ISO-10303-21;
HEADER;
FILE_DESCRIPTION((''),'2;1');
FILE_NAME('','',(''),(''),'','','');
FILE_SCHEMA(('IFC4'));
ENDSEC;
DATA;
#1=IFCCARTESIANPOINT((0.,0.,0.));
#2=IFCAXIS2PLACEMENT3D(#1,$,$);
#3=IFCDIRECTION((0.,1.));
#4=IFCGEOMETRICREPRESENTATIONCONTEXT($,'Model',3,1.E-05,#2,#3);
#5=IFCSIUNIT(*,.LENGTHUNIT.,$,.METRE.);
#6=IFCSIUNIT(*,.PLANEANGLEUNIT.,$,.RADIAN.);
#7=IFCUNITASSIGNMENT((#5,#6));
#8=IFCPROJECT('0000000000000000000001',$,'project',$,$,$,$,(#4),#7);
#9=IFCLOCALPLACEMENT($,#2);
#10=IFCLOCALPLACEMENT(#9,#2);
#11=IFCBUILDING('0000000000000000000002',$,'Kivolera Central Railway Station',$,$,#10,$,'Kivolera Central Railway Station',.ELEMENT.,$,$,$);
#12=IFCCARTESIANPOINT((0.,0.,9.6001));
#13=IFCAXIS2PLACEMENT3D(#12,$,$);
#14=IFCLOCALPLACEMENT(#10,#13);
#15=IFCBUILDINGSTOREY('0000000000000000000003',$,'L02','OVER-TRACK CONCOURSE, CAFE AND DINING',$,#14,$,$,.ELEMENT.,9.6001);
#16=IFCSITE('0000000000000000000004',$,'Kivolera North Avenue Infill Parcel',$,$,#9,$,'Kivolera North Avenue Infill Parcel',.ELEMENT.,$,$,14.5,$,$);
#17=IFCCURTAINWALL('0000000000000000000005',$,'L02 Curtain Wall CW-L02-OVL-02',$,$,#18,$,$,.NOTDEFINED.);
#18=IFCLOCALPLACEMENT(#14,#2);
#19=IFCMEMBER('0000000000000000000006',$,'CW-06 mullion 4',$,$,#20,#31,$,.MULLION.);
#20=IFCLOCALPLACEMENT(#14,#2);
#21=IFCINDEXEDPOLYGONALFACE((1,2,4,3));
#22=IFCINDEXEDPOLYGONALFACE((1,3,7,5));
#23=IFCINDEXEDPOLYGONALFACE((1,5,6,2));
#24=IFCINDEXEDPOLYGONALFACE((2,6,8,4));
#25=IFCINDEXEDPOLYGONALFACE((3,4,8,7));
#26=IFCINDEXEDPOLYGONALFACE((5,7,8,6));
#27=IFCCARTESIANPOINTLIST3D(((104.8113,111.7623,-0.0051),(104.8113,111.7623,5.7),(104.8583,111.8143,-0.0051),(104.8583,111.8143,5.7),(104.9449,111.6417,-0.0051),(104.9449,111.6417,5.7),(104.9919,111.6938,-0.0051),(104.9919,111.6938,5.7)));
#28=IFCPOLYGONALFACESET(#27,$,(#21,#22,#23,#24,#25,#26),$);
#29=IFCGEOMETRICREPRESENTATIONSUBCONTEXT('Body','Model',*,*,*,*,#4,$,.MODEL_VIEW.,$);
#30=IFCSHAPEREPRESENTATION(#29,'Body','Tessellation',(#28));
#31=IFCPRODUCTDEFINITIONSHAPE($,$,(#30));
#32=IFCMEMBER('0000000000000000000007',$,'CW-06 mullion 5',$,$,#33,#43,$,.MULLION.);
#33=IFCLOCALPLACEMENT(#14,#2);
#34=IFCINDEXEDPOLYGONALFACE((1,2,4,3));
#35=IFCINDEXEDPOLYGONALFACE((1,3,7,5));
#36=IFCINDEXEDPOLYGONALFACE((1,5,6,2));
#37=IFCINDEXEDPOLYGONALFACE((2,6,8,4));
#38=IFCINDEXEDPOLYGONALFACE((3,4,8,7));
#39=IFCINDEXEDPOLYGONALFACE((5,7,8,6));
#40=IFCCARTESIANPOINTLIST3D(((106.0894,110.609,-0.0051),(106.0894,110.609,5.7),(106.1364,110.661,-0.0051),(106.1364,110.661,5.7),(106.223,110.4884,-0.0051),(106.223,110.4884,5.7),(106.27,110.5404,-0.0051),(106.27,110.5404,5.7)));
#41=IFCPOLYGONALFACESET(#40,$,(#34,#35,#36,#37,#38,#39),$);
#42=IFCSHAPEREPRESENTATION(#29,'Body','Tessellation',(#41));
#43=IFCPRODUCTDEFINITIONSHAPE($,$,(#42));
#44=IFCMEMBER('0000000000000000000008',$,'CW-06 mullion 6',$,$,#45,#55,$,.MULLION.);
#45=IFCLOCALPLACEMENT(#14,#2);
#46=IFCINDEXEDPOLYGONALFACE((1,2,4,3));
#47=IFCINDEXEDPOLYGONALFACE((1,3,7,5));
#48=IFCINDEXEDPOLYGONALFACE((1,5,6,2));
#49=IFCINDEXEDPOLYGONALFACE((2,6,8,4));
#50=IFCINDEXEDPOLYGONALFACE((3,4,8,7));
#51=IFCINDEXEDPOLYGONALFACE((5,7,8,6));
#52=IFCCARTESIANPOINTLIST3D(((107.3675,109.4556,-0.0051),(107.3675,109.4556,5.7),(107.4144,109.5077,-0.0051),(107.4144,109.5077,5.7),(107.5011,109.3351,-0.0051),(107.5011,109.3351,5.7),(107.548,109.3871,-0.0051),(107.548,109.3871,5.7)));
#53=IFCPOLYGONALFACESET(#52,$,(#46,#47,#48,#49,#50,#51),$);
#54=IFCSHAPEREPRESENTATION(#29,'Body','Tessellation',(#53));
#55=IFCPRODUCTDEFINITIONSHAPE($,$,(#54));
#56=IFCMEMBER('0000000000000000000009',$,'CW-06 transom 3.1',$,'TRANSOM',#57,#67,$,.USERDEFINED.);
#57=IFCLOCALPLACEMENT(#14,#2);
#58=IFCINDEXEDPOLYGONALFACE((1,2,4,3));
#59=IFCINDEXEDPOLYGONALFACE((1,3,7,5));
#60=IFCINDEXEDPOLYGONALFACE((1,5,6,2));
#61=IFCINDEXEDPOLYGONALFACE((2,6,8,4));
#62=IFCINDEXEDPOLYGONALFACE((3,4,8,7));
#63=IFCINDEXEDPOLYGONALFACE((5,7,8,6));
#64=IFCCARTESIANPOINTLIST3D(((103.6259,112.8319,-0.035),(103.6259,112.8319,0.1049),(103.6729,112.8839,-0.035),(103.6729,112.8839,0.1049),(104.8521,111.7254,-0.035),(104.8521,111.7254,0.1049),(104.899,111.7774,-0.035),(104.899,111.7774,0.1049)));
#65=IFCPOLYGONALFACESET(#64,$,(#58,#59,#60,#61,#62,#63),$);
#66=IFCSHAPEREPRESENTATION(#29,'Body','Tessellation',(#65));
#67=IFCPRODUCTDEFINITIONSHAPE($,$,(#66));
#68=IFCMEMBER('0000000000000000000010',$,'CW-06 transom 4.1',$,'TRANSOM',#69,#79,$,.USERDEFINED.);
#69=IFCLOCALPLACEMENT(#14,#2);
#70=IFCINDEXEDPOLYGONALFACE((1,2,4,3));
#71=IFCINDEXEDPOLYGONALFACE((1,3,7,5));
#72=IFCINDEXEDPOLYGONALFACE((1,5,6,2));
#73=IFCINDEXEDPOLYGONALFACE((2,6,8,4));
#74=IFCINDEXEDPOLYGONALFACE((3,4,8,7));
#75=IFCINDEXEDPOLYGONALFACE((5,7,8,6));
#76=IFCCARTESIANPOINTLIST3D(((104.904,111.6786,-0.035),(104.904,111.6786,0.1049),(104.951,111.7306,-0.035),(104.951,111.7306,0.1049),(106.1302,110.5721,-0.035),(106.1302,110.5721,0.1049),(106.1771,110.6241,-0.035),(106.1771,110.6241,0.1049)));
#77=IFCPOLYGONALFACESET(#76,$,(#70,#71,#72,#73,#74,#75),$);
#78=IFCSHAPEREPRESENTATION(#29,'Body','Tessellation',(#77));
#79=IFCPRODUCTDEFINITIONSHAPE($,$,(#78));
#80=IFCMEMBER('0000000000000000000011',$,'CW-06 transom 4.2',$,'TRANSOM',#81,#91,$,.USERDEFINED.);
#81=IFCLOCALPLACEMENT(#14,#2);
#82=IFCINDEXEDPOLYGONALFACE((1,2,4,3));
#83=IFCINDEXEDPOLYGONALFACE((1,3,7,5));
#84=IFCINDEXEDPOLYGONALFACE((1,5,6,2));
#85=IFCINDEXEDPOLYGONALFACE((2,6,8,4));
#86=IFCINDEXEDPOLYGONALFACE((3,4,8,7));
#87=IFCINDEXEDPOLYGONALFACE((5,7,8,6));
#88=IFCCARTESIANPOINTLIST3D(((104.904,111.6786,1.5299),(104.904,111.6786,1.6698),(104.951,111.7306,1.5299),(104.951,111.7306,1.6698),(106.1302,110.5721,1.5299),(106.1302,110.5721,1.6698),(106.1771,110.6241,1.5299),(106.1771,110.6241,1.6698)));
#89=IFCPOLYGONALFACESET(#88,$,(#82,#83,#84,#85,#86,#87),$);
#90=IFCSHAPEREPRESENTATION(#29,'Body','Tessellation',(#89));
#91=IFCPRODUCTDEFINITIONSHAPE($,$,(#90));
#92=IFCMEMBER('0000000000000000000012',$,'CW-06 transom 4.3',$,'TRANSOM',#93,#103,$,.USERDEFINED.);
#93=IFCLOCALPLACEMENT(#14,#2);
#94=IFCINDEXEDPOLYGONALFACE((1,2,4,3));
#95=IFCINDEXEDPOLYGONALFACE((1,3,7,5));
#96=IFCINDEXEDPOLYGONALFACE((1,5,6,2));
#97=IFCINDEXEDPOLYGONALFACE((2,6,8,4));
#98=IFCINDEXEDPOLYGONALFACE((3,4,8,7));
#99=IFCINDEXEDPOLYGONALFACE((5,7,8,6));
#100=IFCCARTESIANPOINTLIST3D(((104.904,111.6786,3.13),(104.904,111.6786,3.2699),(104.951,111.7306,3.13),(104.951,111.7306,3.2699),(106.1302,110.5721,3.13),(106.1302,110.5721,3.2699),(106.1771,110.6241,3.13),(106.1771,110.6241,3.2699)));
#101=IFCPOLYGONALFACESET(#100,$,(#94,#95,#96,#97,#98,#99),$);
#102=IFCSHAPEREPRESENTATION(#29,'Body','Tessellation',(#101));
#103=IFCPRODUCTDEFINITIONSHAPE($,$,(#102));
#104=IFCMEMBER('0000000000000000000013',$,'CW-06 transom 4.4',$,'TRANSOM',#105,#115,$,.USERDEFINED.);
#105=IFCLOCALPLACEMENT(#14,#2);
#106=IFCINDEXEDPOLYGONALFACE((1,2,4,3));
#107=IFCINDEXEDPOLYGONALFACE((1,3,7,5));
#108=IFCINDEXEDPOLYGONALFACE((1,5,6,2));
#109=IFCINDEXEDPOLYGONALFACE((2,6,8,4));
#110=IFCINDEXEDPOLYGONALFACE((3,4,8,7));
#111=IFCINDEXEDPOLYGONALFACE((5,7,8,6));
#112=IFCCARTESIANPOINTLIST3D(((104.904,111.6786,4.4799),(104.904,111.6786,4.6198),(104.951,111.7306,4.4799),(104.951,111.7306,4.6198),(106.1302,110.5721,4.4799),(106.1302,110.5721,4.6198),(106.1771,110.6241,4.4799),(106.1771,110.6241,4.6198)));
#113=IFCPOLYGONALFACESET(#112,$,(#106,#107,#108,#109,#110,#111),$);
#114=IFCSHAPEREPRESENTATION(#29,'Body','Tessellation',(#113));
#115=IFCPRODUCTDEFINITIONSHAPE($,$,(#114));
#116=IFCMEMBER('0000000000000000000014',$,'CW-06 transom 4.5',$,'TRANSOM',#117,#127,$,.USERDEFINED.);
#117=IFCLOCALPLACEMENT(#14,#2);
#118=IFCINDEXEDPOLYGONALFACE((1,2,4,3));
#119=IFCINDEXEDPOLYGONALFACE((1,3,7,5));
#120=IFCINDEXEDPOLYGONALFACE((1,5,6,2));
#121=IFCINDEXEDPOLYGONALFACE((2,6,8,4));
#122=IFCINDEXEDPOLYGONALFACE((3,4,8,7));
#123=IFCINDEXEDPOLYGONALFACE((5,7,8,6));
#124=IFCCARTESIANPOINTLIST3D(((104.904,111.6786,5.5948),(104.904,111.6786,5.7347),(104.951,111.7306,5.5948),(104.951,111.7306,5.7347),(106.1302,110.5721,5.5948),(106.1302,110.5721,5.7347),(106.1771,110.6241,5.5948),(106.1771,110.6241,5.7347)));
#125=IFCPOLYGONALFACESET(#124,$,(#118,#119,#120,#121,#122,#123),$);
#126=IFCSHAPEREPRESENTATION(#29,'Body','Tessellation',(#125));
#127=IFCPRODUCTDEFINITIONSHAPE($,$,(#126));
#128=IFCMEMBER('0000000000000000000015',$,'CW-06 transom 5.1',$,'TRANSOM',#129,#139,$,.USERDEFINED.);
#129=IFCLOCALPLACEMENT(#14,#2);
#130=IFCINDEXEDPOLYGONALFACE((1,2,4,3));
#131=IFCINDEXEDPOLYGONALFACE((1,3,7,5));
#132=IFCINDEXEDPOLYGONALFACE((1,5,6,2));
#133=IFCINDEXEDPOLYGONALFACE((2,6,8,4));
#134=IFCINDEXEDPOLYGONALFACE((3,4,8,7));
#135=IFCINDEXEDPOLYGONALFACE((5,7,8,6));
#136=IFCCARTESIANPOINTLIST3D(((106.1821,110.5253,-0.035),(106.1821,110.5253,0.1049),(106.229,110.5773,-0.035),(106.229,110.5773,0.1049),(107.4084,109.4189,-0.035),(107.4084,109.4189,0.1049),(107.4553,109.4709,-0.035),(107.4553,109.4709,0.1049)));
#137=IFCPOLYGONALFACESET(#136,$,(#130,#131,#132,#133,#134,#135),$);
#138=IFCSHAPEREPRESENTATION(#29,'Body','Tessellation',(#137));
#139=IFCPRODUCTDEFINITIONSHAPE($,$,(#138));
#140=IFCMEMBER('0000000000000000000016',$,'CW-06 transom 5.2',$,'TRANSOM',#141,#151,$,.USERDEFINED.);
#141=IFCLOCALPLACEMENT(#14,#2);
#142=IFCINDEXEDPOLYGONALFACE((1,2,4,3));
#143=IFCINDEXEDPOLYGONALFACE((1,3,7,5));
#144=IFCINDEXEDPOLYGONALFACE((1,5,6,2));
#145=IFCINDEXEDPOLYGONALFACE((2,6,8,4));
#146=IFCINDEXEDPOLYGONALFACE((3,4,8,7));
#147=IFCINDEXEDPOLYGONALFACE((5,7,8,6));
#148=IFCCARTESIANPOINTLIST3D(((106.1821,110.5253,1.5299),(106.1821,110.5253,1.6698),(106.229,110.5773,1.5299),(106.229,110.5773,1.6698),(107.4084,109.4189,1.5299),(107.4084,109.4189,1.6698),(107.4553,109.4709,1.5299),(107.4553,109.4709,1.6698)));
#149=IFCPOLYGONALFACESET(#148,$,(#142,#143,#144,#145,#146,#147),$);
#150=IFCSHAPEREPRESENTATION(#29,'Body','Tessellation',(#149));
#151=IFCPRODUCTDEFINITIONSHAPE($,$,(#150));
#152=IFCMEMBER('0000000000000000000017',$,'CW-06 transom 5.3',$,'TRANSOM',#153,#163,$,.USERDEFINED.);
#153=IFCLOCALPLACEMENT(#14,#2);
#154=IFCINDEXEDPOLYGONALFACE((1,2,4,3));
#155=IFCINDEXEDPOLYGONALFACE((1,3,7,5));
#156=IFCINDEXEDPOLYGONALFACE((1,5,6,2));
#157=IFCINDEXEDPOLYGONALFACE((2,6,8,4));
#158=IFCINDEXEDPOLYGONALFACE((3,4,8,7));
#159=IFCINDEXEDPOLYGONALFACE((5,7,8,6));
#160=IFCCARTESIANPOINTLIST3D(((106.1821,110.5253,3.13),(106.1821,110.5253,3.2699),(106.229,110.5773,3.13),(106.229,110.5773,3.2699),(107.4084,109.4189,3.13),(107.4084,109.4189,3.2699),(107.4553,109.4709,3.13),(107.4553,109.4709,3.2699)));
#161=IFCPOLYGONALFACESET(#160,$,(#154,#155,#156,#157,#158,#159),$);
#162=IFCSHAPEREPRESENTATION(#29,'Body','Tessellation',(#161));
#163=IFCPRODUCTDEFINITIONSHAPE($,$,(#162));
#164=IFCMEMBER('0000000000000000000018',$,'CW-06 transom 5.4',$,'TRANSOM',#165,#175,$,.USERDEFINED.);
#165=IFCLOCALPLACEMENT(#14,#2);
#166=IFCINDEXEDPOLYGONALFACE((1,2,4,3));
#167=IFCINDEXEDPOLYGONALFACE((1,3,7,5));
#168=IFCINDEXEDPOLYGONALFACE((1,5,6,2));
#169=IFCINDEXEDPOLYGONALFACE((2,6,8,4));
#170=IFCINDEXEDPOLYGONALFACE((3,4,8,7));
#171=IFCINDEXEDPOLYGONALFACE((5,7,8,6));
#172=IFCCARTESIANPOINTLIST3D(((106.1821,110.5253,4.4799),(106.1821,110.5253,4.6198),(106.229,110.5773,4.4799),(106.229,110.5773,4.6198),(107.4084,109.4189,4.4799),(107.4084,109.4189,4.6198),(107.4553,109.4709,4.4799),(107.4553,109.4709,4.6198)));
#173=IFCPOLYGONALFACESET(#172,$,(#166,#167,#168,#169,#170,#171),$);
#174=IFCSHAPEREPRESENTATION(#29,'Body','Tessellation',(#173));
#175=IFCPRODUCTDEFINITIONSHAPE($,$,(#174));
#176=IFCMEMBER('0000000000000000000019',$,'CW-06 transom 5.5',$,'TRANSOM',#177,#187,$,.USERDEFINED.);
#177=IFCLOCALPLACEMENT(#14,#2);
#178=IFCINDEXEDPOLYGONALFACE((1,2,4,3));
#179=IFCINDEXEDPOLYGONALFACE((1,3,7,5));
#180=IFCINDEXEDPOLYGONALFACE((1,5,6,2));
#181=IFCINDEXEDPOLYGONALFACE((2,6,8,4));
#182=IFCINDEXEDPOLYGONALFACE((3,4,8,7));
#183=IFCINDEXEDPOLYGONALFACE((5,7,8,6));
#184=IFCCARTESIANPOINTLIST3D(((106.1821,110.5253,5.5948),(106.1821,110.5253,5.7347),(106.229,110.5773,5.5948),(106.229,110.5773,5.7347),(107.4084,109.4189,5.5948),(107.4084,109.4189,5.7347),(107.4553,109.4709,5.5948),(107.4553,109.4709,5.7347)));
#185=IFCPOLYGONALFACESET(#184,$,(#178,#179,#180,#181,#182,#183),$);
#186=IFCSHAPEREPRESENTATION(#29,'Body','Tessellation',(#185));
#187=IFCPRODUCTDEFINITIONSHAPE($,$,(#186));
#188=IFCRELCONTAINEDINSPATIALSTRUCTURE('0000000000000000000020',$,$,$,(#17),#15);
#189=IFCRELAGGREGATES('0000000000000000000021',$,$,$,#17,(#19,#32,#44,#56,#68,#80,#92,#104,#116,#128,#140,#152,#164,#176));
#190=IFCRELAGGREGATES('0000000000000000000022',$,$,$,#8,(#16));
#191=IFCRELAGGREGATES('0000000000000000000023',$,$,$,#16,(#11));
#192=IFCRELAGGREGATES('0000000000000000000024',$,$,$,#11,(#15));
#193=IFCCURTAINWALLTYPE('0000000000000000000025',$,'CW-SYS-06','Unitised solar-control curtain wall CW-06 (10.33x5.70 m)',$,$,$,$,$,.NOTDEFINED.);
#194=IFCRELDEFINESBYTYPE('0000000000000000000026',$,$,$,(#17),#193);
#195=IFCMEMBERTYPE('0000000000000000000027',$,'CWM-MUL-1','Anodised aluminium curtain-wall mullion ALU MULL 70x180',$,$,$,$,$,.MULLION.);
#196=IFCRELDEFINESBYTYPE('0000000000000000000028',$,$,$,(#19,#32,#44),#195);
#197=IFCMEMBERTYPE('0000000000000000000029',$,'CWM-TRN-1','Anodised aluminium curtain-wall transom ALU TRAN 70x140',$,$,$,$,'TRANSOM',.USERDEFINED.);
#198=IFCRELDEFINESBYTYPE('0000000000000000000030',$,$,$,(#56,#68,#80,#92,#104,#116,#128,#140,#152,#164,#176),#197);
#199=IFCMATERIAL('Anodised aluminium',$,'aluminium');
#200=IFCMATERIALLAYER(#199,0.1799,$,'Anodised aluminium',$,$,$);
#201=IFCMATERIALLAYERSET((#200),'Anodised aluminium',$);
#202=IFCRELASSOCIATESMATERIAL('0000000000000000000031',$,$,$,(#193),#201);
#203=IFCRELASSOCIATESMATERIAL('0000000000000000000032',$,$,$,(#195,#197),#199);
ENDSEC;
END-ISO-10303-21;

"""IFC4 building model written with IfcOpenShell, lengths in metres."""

from ifc_helpers import new_model, si_unit, direction, frame, origin, origin_2d, place, context, subcontext, project, spatial, rectangle, extrude, material, layer, layer_set, material_profile, profile_set, type_object, element, aggregate, save


model = new_model("IFC4")

# Units and contexts
model_context = context("Model", 3, precision=1e-05, world=origin(), true_north=direction((0.0, 1.0)))
body_context = subcontext(model_context, "Body", "Model", "MODEL_VIEW")
ifc_project = project(units=[si_unit("LENGTHUNIT", "METRE"), si_unit("PLANEANGLEUNIT", "RADIAN")], contexts=[model_context])

# Site, building, storey
site_placement = place(None, origin())
site = spatial("IfcSite", under=ifc_project, at=site_placement, Name="Kivolera North Avenue Infill Parcel", LongName="Kivolera North Avenue Infill Parcel", CompositionType="ELEMENT", RefElevation=14.5)
building_placement = place(site_placement, origin())
building = spatial("IfcBuilding", under=site, at=building_placement, Name="Kivolera Central Railway Station", LongName="Kivolera Central Railway Station", CompositionType="ELEMENT")
storey_placement = place(building_placement, frame((0.0, 0.0, 9.6001)))
storey = spatial("IfcBuildingStorey", under=building, at=storey_placement, Name="L02", Description="OVER-TRACK CONCOURSE, CAFE AND DINING", CompositionType="ELEMENT", Elevation=9.6001)

# Curtain wall, members
ifc_material_1 = material(Name="Anodised aluminium", Category="aluminium")
ifc_layer_1 = layer(ifc_material_1, 0.1799, Name="Anodised aluminium")
ifc_layer_set_1 = layer_set([ifc_layer_1], Name="Anodised aluminium")
curtain_wall_type = type_object("IfcCurtainWallType", Name="CW-SYS-06", Description="Unitised solar-control curtain wall CW-06 (10.33x5.70 m)", PredefinedType="NOTDEFINED", material=ifc_layer_set_1)
curtain_wall_placement = place(storey_placement, origin())
curtain_wall = element("IfcCurtainWall", 1, at=curtain_wall_placement, inside=storey, type_object=curtain_wall_type, Name="L02 Curtain Wall CW-L02-OVL-02", PredefinedType="NOTDEFINED")
ifc_material_profile_1 = material_profile(ifc_material_1, rectangle(XDim=0.0701, YDim=0.1799, at=origin_2d()), Name="ALU MULL 70x180")
ifc_profile_set_1 = profile_set([ifc_material_profile_1], Name="Anodised aluminium")
member_type_1 = type_object("IfcMemberType", Name="CWM-MUL-1", Description="Anodised aluminium curtain-wall mullion ALU MULL 70x180", PredefinedType="MULLION", material=ifc_profile_set_1)
member_1_placement = place(storey_placement, frame((104.9016, 111.728, -0.0051), z_axis=(0.0, 0.0, 1.0), x_axis=(0.669922, 0.742432, 0.0)))
member_1 = element("IfcMember", 2, at=member_1_placement, type_object=member_type_1, Name="CW-06 mullion 4", PredefinedType="MULLION", context=body_context, shape_type="SweptSolid", body=[
    extrude(rectangle(XDim=0.0701, YDim=0.1799, at=origin_2d()), origin(), (0.0, 0.0, 1.0), 5.7051),
])
member_2_placement = place(storey_placement, frame((106.1797, 110.5747, -0.0051), z_axis=(0.0, 0.0, 1.0), x_axis=(0.669922, 0.742432, 0.0)))
member_2 = element("IfcMember", 3, at=member_2_placement, type_object=member_type_1, Name="CW-06 mullion 5", PredefinedType="MULLION", context=body_context, shape_type="SweptSolid", body=[
    extrude(rectangle(XDim=0.0701, YDim=0.1799, at=origin_2d()), origin(), (0.0, 0.0, 1.0), 5.7051),
])
member_3_placement = place(storey_placement, frame((107.4578, 109.4214, -0.0051), z_axis=(0.0, 0.0, 1.0), x_axis=(0.669922, 0.742432, 0.0)))
member_3 = element("IfcMember", 4, at=member_3_placement, type_object=member_type_1, Name="CW-06 mullion 6", PredefinedType="MULLION", context=body_context, shape_type="SweptSolid", body=[
    extrude(rectangle(XDim=0.0701, YDim=0.1799, at=origin_2d()), origin(), (0.0, 0.0, 1.0), 5.7051),
])
ifc_material_profile_2 = material_profile(ifc_material_1, rectangle(XDim=0.0701, YDim=0.1399, at=origin_2d()), Name="ALU TRAN 70x140")
ifc_profile_set_2 = profile_set([ifc_material_profile_2], Name="Anodised aluminium")
member_type_2 = type_object("IfcMemberType", Name="CWM-TRN-1", Description="Anodised aluminium curtain-wall transom ALU TRAN 70x140", ElementType="TRANSOM", PredefinedType="USERDEFINED", material=ifc_profile_set_2)
member_4_placement = place(storey_placement, frame((103.6494, 112.8579, 0.0349), z_axis=(0.742397, -0.669961, 0.0), x_axis=(0.669961, 0.742397, 0.0)))
member_4 = element("IfcMember", 5, at=member_4_placement, type_object=member_type_2, Name="CW-06 transom 3.1", ObjectType="TRANSOM", PredefinedType="USERDEFINED", context=body_context, shape_type="SweptSolid", body=[
    extrude(rectangle(XDim=0.0701, YDim=0.1399, at=origin_2d()), origin(), (0.0, 0.0, 1.0), 1.6516),
])
member_5_placement = place(storey_placement, frame((104.9275, 111.7046, 0.0349), z_axis=(0.742397, -0.669961, 0.0), x_axis=(0.669961, 0.742397, 0.0)))
member_5 = element("IfcMember", 6, at=member_5_placement, type_object=member_type_2, Name="CW-06 transom 4.1", ObjectType="TRANSOM", PredefinedType="USERDEFINED", context=body_context, shape_type="SweptSolid", body=[
    extrude(rectangle(XDim=0.0701, YDim=0.1399, at=origin_2d()), origin(), (0.0, 0.0, 1.0), 1.6516),
])
member_6_placement = place(storey_placement, frame((104.9275, 111.7046, 1.5999), z_axis=(0.742397, -0.669961, 0.0), x_axis=(0.669961, 0.742397, 0.0)))
member_6 = element("IfcMember", 7, at=member_6_placement, type_object=member_type_2, Name="CW-06 transom 4.2", ObjectType="TRANSOM", PredefinedType="USERDEFINED", context=body_context, shape_type="SweptSolid", body=[
    extrude(rectangle(XDim=0.0701, YDim=0.1399, at=origin_2d()), origin(), (0.0, 0.0, 1.0), 1.6516),
])
member_7_placement = place(storey_placement, frame((104.9275, 111.7046, 3.2), z_axis=(0.742397, -0.669961, 0.0), x_axis=(0.669961, 0.742397, 0.0)))
member_7 = element("IfcMember", 8, at=member_7_placement, type_object=member_type_2, Name="CW-06 transom 4.3", ObjectType="TRANSOM", PredefinedType="USERDEFINED", context=body_context, shape_type="SweptSolid", body=[
    extrude(rectangle(XDim=0.0701, YDim=0.1399, at=origin_2d()), origin(), (0.0, 0.0, 1.0), 1.6516),
])
member_8_placement = place(storey_placement, frame((104.9275, 111.7046, 4.5498), z_axis=(0.742397, -0.669961, 0.0), x_axis=(0.669961, 0.742397, 0.0)))
member_8 = element("IfcMember", 9, at=member_8_placement, type_object=member_type_2, Name="CW-06 transom 4.4", ObjectType="TRANSOM", PredefinedType="USERDEFINED", context=body_context, shape_type="SweptSolid", body=[
    extrude(rectangle(XDim=0.0701, YDim=0.1399, at=origin_2d()), origin(), (0.0, 0.0, 1.0), 1.6516),
])
member_9_placement = place(storey_placement, frame((104.9275, 111.7046, 5.6648), z_axis=(0.742397, -0.669961, 0.0), x_axis=(0.669961, 0.742397, 0.0)))
member_9 = element("IfcMember", 10, at=member_9_placement, type_object=member_type_2, Name="CW-06 transom 4.5", ObjectType="TRANSOM", PredefinedType="USERDEFINED", context=body_context, shape_type="SweptSolid", body=[
    extrude(rectangle(XDim=0.0701, YDim=0.1399, at=origin_2d()), origin(), (0.0, 0.0, 1.0), 1.6516),
])
member_10_placement = place(storey_placement, frame((106.2056, 110.5513, 0.0349), z_axis=(0.742463, -0.669887, 0.0), x_axis=(0.669887, 0.742463, 0.0)))
member_10 = element("IfcMember", 11, at=member_10_placement, type_object=member_type_2, Name="CW-06 transom 5.1", ObjectType="TRANSOM", PredefinedType="USERDEFINED", context=body_context, shape_type="SweptSolid", body=[
    extrude(rectangle(XDim=0.0701, YDim=0.1399, at=origin_2d()), origin(), (0.0, 0.0, 1.0), 1.6516),
])
member_11_placement = place(storey_placement, frame((106.2056, 110.5513, 1.5999), z_axis=(0.742463, -0.669887, 0.0), x_axis=(0.669887, 0.742463, 0.0)))
member_11 = element("IfcMember", 12, at=member_11_placement, type_object=member_type_2, Name="CW-06 transom 5.2", ObjectType="TRANSOM", PredefinedType="USERDEFINED", context=body_context, shape_type="SweptSolid", body=[
    extrude(rectangle(XDim=0.0701, YDim=0.1399, at=origin_2d()), origin(), (0.0, 0.0, 1.0), 1.6516),
])
member_12_placement = place(storey_placement, frame((106.2056, 110.5513, 3.2), z_axis=(0.742463, -0.669887, 0.0), x_axis=(0.669887, 0.742463, 0.0)))
member_12 = element("IfcMember", 13, at=member_12_placement, type_object=member_type_2, Name="CW-06 transom 5.3", ObjectType="TRANSOM", PredefinedType="USERDEFINED", context=body_context, shape_type="SweptSolid", body=[
    extrude(rectangle(XDim=0.0701, YDim=0.1399, at=origin_2d()), origin(), (0.0, 0.0, 1.0), 1.6516),
])
member_13_placement = place(storey_placement, frame((106.2056, 110.5513, 4.5498), z_axis=(0.742463, -0.669887, 0.0), x_axis=(0.669887, 0.742463, 0.0)))
member_13 = element("IfcMember", 14, at=member_13_placement, type_object=member_type_2, Name="CW-06 transom 5.4", ObjectType="TRANSOM", PredefinedType="USERDEFINED", context=body_context, shape_type="SweptSolid", body=[
    extrude(rectangle(XDim=0.0701, YDim=0.1399, at=origin_2d()), origin(), (0.0, 0.0, 1.0), 1.6516),
])
member_14_placement = place(storey_placement, frame((106.2056, 110.5513, 5.6648), z_axis=(0.742463, -0.669887, 0.0), x_axis=(0.669887, 0.742463, 0.0)))
member_14 = element("IfcMember", 15, at=member_14_placement, type_object=member_type_2, Name="CW-06 transom 5.5", ObjectType="TRANSOM", PredefinedType="USERDEFINED", context=body_context, shape_type="SweptSolid", body=[
    extrude(rectangle(XDim=0.0701, YDim=0.1399, at=origin_2d()), origin(), (0.0, 0.0, 1.0), 1.6516),
])
aggregate(curtain_wall, [member_1, member_2, member_3, member_4, member_5, member_6, member_7, member_8, member_9, member_10, member_11, member_12, member_13, member_14])

save(model, "model.ifc")
